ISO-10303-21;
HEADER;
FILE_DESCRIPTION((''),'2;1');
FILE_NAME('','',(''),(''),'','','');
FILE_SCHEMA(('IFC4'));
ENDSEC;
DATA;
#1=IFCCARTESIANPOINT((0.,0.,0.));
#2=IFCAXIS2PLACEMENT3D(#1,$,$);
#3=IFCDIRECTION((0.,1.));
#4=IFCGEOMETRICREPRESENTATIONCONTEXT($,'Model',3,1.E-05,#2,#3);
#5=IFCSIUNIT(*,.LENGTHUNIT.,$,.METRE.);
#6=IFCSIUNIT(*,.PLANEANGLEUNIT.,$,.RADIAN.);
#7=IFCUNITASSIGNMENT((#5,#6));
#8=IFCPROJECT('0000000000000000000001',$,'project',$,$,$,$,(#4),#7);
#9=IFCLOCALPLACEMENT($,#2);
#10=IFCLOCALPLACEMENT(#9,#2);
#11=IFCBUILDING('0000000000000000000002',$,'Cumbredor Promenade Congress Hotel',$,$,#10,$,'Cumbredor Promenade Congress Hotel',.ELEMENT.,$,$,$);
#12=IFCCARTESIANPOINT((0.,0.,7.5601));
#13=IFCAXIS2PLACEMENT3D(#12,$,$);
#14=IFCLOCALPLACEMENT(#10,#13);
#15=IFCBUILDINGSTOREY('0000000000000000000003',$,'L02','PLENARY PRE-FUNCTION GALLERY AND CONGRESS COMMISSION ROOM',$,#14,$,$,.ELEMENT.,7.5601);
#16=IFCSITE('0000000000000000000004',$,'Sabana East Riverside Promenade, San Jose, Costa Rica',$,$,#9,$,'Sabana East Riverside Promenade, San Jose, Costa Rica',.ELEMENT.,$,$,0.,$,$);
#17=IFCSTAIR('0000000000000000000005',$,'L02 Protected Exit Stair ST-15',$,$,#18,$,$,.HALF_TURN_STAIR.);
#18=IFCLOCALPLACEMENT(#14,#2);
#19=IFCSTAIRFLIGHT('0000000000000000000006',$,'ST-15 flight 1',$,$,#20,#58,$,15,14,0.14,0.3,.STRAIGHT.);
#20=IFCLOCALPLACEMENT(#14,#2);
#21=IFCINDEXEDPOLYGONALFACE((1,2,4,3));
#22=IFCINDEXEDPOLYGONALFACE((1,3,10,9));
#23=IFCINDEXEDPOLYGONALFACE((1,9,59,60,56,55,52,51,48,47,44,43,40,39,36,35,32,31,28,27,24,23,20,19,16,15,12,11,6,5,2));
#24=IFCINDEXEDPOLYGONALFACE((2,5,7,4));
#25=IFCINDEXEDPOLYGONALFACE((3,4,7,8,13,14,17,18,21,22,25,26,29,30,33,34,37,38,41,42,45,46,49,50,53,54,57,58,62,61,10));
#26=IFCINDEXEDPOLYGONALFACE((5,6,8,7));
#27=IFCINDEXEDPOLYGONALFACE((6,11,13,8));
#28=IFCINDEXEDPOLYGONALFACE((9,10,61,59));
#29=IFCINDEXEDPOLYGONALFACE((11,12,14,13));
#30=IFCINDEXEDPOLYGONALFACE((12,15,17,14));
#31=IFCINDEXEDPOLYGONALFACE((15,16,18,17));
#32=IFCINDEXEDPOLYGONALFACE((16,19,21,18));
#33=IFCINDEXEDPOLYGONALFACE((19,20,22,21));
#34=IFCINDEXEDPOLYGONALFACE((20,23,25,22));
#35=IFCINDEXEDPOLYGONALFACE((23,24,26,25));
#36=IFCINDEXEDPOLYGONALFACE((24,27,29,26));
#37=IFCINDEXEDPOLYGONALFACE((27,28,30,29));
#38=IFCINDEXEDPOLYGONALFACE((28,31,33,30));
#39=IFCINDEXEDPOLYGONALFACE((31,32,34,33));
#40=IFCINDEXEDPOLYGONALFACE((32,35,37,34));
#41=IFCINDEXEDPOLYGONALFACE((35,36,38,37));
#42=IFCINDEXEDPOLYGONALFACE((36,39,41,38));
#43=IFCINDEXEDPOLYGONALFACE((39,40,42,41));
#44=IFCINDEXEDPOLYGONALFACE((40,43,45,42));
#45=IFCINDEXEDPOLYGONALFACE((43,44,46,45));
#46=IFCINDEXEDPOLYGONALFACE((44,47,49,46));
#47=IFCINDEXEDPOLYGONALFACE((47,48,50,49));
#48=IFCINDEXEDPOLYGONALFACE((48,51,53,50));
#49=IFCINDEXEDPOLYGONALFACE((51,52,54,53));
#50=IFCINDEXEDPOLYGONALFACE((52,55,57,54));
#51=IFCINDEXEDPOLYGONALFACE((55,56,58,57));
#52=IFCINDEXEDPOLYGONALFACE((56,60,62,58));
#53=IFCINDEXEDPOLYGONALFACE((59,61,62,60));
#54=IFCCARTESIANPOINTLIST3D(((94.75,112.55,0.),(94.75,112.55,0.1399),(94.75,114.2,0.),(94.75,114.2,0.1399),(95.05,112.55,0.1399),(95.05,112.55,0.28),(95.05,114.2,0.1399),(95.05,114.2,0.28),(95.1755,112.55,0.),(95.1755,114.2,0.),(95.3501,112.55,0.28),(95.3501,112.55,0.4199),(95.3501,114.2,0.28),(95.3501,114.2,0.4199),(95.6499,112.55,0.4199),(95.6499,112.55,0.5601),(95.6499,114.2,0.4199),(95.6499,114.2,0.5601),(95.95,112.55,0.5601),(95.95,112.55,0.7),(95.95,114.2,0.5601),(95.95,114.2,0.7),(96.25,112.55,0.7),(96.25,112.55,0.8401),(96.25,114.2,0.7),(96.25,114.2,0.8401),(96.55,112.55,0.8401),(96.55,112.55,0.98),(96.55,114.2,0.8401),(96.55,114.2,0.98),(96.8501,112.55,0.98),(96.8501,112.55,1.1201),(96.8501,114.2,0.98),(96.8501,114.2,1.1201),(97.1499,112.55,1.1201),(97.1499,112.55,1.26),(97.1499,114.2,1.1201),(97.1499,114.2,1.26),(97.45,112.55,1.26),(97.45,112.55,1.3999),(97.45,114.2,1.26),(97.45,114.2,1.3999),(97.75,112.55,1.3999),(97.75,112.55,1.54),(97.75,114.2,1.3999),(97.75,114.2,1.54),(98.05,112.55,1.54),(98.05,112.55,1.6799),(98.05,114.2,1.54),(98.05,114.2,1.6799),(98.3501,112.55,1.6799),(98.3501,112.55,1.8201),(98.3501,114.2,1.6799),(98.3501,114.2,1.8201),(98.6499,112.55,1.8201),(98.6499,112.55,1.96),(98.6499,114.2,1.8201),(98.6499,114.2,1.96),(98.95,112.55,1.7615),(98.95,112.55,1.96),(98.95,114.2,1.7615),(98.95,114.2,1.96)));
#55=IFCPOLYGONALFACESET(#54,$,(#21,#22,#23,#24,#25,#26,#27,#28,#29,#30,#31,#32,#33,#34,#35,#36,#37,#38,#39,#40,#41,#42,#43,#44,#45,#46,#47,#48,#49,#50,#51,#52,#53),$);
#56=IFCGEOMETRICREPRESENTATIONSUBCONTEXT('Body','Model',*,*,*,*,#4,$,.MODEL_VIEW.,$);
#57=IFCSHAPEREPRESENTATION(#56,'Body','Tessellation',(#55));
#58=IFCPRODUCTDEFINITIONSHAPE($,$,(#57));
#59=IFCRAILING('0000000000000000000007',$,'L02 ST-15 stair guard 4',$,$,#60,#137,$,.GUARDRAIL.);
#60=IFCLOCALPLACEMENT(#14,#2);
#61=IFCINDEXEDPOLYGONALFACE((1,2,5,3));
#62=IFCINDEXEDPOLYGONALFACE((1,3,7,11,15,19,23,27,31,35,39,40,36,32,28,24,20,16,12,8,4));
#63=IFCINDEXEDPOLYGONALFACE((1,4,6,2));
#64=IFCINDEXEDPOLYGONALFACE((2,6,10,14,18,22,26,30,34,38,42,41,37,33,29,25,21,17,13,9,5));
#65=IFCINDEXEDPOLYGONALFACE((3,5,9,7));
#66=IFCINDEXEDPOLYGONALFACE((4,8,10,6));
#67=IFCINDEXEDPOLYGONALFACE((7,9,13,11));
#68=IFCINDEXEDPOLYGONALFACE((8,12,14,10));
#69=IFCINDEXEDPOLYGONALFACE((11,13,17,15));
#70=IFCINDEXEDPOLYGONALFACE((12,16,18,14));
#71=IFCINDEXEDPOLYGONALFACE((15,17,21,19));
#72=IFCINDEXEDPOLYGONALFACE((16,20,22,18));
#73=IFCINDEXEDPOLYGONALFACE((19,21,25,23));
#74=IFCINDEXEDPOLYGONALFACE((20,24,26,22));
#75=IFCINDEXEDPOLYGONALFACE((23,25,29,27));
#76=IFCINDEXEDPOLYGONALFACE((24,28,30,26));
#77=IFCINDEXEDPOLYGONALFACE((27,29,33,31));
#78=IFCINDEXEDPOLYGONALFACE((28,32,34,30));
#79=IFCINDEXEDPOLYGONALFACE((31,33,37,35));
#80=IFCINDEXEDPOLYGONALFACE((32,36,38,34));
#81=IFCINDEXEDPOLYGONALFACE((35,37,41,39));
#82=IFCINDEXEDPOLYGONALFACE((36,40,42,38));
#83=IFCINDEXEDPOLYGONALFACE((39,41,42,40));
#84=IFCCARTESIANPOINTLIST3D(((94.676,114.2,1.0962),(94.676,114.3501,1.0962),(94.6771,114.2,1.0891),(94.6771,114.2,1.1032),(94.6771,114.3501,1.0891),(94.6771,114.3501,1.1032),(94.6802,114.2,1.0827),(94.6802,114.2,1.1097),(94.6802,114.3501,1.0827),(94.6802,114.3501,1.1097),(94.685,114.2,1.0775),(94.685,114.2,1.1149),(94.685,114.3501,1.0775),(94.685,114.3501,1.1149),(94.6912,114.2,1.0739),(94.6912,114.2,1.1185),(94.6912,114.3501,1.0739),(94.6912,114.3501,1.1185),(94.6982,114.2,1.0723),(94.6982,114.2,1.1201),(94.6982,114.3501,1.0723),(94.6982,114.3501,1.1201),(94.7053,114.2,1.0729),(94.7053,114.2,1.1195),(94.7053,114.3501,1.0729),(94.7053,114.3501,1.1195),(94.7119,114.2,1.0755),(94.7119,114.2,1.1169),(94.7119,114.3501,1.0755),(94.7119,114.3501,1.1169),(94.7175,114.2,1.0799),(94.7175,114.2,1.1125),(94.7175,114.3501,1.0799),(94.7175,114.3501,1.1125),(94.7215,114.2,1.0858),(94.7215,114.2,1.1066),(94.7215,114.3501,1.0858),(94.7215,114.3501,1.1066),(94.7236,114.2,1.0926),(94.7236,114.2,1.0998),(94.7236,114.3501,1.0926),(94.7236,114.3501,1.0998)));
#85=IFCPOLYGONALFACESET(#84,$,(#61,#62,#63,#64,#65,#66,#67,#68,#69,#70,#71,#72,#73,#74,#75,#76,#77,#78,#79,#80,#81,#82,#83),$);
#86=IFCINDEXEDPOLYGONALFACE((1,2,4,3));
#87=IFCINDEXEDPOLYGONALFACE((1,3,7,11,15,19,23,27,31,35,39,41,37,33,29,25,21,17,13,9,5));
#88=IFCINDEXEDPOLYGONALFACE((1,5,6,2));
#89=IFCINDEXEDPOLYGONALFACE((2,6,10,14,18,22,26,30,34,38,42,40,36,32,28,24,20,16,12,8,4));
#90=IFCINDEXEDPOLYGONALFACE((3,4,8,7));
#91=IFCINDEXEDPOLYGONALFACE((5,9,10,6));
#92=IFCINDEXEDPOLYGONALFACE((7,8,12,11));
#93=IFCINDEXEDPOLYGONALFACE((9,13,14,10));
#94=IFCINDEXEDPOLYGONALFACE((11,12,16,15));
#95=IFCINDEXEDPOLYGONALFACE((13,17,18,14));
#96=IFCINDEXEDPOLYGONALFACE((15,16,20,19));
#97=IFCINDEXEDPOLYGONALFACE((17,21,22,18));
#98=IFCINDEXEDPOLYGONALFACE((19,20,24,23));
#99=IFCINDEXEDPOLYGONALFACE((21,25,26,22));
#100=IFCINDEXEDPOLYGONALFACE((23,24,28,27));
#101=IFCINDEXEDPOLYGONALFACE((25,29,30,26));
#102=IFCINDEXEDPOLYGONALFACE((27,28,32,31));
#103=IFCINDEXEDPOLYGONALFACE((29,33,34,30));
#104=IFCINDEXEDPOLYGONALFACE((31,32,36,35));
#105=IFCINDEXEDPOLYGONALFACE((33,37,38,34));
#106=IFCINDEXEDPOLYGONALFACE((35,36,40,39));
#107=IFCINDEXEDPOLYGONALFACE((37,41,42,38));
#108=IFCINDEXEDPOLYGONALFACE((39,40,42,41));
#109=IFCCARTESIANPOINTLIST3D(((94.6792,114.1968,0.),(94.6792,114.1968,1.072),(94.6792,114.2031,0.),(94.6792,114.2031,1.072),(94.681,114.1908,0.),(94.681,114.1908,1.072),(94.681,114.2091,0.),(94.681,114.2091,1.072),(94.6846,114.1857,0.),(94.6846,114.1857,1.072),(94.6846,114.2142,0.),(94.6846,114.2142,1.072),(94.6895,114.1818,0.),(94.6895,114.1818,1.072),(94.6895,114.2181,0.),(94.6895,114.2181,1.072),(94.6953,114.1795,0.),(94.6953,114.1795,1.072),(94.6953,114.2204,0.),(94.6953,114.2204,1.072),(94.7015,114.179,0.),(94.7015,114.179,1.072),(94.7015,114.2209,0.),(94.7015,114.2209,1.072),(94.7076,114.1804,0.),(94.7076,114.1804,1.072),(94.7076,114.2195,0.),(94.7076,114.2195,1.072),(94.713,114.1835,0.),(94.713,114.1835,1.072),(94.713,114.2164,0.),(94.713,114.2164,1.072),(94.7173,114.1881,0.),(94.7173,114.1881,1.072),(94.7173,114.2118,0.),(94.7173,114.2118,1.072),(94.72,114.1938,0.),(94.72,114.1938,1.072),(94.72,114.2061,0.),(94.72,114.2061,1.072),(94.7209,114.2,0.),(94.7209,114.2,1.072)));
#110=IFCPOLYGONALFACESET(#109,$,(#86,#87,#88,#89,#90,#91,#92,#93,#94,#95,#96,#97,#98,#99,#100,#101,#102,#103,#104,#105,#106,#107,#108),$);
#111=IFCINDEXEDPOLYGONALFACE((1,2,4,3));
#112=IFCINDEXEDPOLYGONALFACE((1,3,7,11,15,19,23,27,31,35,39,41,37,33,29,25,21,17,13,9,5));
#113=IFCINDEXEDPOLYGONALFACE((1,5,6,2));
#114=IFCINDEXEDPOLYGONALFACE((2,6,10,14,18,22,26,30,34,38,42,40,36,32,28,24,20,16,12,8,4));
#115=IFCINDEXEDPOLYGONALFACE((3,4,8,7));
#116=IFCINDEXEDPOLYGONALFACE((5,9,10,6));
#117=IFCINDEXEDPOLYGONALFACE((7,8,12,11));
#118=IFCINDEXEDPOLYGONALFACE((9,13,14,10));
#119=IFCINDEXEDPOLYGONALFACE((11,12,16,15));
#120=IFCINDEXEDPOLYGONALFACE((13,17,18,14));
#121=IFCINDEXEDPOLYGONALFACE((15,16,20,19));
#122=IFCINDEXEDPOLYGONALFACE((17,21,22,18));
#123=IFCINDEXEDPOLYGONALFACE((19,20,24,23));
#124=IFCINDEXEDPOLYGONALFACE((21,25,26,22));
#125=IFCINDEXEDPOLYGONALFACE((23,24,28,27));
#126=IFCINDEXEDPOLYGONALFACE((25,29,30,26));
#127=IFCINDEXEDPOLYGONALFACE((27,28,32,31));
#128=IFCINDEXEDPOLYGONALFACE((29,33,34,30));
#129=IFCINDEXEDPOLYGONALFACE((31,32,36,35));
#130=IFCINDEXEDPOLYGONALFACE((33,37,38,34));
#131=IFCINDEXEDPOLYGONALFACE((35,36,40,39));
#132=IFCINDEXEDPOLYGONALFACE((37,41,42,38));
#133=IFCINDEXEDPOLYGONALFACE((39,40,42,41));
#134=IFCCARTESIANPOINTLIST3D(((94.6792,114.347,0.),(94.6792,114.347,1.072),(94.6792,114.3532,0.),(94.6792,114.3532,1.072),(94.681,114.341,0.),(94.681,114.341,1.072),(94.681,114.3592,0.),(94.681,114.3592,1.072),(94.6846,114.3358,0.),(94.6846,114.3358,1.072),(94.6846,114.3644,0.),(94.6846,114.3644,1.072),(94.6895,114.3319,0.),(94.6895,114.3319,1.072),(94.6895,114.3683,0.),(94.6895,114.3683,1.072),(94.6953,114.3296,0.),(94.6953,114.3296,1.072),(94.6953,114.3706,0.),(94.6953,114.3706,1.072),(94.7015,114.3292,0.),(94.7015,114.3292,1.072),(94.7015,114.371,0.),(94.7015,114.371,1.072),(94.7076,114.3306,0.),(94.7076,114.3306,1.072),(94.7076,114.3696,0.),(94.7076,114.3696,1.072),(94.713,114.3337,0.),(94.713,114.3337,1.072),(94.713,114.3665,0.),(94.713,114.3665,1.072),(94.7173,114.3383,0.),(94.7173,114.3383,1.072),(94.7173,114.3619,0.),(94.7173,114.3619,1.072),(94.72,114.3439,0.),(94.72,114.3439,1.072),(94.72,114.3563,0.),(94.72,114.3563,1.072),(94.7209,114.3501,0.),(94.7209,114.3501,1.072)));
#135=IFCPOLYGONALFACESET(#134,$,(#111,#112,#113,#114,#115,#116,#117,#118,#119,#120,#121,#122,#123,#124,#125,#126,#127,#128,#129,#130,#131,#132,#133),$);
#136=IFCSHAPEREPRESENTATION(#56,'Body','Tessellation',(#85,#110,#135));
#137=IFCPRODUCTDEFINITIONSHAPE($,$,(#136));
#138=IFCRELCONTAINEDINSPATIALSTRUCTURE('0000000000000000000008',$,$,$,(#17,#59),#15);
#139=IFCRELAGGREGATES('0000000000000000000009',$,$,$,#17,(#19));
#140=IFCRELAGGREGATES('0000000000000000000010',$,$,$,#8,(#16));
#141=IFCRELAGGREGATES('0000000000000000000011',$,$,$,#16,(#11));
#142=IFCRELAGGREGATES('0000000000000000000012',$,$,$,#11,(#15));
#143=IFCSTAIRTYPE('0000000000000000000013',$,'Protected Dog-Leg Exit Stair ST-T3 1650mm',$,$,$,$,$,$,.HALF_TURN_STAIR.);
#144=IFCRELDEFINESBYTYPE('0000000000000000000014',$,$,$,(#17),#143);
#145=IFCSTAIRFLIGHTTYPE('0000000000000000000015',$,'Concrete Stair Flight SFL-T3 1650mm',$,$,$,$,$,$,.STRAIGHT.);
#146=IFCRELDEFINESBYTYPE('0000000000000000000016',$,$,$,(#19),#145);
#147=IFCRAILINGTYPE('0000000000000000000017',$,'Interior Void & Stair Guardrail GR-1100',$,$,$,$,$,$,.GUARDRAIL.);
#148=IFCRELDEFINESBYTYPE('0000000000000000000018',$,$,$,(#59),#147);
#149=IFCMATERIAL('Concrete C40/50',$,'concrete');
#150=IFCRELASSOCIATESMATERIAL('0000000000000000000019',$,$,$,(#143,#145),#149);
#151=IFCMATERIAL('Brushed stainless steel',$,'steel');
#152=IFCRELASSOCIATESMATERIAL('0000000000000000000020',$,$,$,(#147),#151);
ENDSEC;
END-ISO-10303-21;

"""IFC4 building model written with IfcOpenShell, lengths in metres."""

from ifc_helpers import new_model, si_unit, direction, frame, origin, origin_2d, place, context, subcontext, project, spatial, polyline, circle, outline, extrude, material, type_object, element, aggregate, save


model = new_model("IFC4")

# Units and contexts
model_context = context("Model", 3, precision=1e-05, world=origin(), true_north=direction((0.0, 1.0)))
body_context = subcontext(model_context, "Body", "Model", "MODEL_VIEW")
ifc_project = project(units=[si_unit("LENGTHUNIT", "METRE"), si_unit("PLANEANGLEUNIT", "RADIAN")], contexts=[model_context])

# Site, building, storey
site_placement = place(None, origin())
site = spatial("IfcSite", under=ifc_project, at=site_placement, Name="Sabana East Riverside Promenade, San Jose, Costa Rica", LongName="Sabana East Riverside Promenade, San Jose, Costa Rica", CompositionType="ELEMENT", RefElevation=0.0)
building_placement = place(site_placement, origin())
building = spatial("IfcBuilding", under=site, at=building_placement, Name="Cumbredor Promenade Congress Hotel", LongName="Cumbredor Promenade Congress Hotel", CompositionType="ELEMENT")
storey_placement = place(building_placement, frame((0.0, 0.0, 7.5601)))
storey = spatial("IfcBuildingStorey", under=building, at=storey_placement, Name="L02", Description="PLENARY PRE-FUNCTION GALLERY AND CONGRESS COMMISSION ROOM", CompositionType="ELEMENT", Elevation=7.5601)

# Shared definitions
ifc_material_1 = material(Name="Concrete C40/50", Category="concrete")

# Stair, stair flight
stair_type = type_object("IfcStairType", Name="Protected Dog-Leg Exit Stair ST-T3 1650mm", PredefinedType="HALF_TURN_STAIR", material=ifc_material_1)
stair_placement = place(storey_placement, origin())
stair = element("IfcStair", 1, at=stair_placement, inside=storey, type_object=stair_type, Name="L02 Protected Exit Stair ST-15", PredefinedType="HALF_TURN_STAIR")
stair_flight_type = type_object("IfcStairFlightType", Name="Concrete Stair Flight SFL-T3 1650mm", PredefinedType="STRAIGHT", material=ifc_material_1)
stair_flight_placement = place(storey_placement, frame((94.75, 113.375, 0.0), z_axis=(0.0, 0.0, 1.0), x_axis=(1.0, 0.0, 0.0)))
stair_flight = element("IfcStairFlight", 2, at=stair_flight_placement, type_object=stair_flight_type, Name="ST-15 flight 1", NumberOfRisers=15, NumberOfTreads=14, PredefinedType="STRAIGHT", RiserHeight=0.14, TreadLength=0.3, context=body_context, shape_type="SweptSolid", body=[
    extrude(outline(polyline([(0.0, 0.0), (0.0, 0.1399), (0.3, 0.1399), (0.3, 0.28), (0.6001, 0.28), (0.6001, 0.4199), (0.8999, 0.4199), (0.8999, 0.5601), (1.2, 0.5601), (1.2, 0.7), (1.5, 0.7), (1.5, 0.8401), (1.8, 0.8401), (1.8, 0.98), (2.1001, 0.98), (2.1001, 1.1201), (2.3999, 1.1201), (2.3999, 1.26), (2.7, 1.26), (2.7, 1.3999), (3.0, 1.3999), (3.0, 1.54), (3.3, 1.54), (3.3, 1.6799), (3.6001, 1.6799), (3.6001, 1.8201), (3.8999, 1.8201), (3.8999, 1.96), (4.2, 1.96), (4.2, 2.1001), (4.2, 1.7615), (0.4255, 0.0), (0.0, 0.0)])), frame((0.0, 0.825, 0.0), z_axis=(0.0, -1.0, 0.0), x_axis=(1.0, 0.0, 0.0)), (0.0, 0.0, 1.0), 1.6499),
])
aggregate(stair, [stair_flight])

# Railing
ifc_material_2 = material(Name="Brushed stainless steel", Category="steel")
railing_type_1 = type_object("IfcRailingType", Name="Interior Void & Stair Guardrail GR-1100", PredefinedType="GUARDRAIL", material=ifc_material_2)
railing_1_placement = place(storey_placement, frame((94.7, 114.2, 0.0)))
element("IfcRailing", 3, at=railing_1_placement, inside=storey, type_object=railing_type_1, Name="L02 ST-15 stair guard 4", PredefinedType="GUARDRAIL", context=body_context, shape_type="SweptSolid", body=[
    extrude(circle(Radius=0.0239, at=origin_2d()), frame((0.0, 0.0, 1.0962), z_axis=(0.0, 1.0, 0.0), x_axis=(-1.0, 0.0, 0.0)), (0.0, 0.0, 1.0), 0.1501),
    extrude(circle(Radius=0.021, at=origin_2d()), origin(), (0.0, 0.0, 1.0), 1.072),
    extrude(circle(Radius=0.021, at=origin_2d()), frame((0.0, 0.1501, 0.0)), (0.0, 0.0, 1.0), 1.072),
])

save(model, "model.ifc")
